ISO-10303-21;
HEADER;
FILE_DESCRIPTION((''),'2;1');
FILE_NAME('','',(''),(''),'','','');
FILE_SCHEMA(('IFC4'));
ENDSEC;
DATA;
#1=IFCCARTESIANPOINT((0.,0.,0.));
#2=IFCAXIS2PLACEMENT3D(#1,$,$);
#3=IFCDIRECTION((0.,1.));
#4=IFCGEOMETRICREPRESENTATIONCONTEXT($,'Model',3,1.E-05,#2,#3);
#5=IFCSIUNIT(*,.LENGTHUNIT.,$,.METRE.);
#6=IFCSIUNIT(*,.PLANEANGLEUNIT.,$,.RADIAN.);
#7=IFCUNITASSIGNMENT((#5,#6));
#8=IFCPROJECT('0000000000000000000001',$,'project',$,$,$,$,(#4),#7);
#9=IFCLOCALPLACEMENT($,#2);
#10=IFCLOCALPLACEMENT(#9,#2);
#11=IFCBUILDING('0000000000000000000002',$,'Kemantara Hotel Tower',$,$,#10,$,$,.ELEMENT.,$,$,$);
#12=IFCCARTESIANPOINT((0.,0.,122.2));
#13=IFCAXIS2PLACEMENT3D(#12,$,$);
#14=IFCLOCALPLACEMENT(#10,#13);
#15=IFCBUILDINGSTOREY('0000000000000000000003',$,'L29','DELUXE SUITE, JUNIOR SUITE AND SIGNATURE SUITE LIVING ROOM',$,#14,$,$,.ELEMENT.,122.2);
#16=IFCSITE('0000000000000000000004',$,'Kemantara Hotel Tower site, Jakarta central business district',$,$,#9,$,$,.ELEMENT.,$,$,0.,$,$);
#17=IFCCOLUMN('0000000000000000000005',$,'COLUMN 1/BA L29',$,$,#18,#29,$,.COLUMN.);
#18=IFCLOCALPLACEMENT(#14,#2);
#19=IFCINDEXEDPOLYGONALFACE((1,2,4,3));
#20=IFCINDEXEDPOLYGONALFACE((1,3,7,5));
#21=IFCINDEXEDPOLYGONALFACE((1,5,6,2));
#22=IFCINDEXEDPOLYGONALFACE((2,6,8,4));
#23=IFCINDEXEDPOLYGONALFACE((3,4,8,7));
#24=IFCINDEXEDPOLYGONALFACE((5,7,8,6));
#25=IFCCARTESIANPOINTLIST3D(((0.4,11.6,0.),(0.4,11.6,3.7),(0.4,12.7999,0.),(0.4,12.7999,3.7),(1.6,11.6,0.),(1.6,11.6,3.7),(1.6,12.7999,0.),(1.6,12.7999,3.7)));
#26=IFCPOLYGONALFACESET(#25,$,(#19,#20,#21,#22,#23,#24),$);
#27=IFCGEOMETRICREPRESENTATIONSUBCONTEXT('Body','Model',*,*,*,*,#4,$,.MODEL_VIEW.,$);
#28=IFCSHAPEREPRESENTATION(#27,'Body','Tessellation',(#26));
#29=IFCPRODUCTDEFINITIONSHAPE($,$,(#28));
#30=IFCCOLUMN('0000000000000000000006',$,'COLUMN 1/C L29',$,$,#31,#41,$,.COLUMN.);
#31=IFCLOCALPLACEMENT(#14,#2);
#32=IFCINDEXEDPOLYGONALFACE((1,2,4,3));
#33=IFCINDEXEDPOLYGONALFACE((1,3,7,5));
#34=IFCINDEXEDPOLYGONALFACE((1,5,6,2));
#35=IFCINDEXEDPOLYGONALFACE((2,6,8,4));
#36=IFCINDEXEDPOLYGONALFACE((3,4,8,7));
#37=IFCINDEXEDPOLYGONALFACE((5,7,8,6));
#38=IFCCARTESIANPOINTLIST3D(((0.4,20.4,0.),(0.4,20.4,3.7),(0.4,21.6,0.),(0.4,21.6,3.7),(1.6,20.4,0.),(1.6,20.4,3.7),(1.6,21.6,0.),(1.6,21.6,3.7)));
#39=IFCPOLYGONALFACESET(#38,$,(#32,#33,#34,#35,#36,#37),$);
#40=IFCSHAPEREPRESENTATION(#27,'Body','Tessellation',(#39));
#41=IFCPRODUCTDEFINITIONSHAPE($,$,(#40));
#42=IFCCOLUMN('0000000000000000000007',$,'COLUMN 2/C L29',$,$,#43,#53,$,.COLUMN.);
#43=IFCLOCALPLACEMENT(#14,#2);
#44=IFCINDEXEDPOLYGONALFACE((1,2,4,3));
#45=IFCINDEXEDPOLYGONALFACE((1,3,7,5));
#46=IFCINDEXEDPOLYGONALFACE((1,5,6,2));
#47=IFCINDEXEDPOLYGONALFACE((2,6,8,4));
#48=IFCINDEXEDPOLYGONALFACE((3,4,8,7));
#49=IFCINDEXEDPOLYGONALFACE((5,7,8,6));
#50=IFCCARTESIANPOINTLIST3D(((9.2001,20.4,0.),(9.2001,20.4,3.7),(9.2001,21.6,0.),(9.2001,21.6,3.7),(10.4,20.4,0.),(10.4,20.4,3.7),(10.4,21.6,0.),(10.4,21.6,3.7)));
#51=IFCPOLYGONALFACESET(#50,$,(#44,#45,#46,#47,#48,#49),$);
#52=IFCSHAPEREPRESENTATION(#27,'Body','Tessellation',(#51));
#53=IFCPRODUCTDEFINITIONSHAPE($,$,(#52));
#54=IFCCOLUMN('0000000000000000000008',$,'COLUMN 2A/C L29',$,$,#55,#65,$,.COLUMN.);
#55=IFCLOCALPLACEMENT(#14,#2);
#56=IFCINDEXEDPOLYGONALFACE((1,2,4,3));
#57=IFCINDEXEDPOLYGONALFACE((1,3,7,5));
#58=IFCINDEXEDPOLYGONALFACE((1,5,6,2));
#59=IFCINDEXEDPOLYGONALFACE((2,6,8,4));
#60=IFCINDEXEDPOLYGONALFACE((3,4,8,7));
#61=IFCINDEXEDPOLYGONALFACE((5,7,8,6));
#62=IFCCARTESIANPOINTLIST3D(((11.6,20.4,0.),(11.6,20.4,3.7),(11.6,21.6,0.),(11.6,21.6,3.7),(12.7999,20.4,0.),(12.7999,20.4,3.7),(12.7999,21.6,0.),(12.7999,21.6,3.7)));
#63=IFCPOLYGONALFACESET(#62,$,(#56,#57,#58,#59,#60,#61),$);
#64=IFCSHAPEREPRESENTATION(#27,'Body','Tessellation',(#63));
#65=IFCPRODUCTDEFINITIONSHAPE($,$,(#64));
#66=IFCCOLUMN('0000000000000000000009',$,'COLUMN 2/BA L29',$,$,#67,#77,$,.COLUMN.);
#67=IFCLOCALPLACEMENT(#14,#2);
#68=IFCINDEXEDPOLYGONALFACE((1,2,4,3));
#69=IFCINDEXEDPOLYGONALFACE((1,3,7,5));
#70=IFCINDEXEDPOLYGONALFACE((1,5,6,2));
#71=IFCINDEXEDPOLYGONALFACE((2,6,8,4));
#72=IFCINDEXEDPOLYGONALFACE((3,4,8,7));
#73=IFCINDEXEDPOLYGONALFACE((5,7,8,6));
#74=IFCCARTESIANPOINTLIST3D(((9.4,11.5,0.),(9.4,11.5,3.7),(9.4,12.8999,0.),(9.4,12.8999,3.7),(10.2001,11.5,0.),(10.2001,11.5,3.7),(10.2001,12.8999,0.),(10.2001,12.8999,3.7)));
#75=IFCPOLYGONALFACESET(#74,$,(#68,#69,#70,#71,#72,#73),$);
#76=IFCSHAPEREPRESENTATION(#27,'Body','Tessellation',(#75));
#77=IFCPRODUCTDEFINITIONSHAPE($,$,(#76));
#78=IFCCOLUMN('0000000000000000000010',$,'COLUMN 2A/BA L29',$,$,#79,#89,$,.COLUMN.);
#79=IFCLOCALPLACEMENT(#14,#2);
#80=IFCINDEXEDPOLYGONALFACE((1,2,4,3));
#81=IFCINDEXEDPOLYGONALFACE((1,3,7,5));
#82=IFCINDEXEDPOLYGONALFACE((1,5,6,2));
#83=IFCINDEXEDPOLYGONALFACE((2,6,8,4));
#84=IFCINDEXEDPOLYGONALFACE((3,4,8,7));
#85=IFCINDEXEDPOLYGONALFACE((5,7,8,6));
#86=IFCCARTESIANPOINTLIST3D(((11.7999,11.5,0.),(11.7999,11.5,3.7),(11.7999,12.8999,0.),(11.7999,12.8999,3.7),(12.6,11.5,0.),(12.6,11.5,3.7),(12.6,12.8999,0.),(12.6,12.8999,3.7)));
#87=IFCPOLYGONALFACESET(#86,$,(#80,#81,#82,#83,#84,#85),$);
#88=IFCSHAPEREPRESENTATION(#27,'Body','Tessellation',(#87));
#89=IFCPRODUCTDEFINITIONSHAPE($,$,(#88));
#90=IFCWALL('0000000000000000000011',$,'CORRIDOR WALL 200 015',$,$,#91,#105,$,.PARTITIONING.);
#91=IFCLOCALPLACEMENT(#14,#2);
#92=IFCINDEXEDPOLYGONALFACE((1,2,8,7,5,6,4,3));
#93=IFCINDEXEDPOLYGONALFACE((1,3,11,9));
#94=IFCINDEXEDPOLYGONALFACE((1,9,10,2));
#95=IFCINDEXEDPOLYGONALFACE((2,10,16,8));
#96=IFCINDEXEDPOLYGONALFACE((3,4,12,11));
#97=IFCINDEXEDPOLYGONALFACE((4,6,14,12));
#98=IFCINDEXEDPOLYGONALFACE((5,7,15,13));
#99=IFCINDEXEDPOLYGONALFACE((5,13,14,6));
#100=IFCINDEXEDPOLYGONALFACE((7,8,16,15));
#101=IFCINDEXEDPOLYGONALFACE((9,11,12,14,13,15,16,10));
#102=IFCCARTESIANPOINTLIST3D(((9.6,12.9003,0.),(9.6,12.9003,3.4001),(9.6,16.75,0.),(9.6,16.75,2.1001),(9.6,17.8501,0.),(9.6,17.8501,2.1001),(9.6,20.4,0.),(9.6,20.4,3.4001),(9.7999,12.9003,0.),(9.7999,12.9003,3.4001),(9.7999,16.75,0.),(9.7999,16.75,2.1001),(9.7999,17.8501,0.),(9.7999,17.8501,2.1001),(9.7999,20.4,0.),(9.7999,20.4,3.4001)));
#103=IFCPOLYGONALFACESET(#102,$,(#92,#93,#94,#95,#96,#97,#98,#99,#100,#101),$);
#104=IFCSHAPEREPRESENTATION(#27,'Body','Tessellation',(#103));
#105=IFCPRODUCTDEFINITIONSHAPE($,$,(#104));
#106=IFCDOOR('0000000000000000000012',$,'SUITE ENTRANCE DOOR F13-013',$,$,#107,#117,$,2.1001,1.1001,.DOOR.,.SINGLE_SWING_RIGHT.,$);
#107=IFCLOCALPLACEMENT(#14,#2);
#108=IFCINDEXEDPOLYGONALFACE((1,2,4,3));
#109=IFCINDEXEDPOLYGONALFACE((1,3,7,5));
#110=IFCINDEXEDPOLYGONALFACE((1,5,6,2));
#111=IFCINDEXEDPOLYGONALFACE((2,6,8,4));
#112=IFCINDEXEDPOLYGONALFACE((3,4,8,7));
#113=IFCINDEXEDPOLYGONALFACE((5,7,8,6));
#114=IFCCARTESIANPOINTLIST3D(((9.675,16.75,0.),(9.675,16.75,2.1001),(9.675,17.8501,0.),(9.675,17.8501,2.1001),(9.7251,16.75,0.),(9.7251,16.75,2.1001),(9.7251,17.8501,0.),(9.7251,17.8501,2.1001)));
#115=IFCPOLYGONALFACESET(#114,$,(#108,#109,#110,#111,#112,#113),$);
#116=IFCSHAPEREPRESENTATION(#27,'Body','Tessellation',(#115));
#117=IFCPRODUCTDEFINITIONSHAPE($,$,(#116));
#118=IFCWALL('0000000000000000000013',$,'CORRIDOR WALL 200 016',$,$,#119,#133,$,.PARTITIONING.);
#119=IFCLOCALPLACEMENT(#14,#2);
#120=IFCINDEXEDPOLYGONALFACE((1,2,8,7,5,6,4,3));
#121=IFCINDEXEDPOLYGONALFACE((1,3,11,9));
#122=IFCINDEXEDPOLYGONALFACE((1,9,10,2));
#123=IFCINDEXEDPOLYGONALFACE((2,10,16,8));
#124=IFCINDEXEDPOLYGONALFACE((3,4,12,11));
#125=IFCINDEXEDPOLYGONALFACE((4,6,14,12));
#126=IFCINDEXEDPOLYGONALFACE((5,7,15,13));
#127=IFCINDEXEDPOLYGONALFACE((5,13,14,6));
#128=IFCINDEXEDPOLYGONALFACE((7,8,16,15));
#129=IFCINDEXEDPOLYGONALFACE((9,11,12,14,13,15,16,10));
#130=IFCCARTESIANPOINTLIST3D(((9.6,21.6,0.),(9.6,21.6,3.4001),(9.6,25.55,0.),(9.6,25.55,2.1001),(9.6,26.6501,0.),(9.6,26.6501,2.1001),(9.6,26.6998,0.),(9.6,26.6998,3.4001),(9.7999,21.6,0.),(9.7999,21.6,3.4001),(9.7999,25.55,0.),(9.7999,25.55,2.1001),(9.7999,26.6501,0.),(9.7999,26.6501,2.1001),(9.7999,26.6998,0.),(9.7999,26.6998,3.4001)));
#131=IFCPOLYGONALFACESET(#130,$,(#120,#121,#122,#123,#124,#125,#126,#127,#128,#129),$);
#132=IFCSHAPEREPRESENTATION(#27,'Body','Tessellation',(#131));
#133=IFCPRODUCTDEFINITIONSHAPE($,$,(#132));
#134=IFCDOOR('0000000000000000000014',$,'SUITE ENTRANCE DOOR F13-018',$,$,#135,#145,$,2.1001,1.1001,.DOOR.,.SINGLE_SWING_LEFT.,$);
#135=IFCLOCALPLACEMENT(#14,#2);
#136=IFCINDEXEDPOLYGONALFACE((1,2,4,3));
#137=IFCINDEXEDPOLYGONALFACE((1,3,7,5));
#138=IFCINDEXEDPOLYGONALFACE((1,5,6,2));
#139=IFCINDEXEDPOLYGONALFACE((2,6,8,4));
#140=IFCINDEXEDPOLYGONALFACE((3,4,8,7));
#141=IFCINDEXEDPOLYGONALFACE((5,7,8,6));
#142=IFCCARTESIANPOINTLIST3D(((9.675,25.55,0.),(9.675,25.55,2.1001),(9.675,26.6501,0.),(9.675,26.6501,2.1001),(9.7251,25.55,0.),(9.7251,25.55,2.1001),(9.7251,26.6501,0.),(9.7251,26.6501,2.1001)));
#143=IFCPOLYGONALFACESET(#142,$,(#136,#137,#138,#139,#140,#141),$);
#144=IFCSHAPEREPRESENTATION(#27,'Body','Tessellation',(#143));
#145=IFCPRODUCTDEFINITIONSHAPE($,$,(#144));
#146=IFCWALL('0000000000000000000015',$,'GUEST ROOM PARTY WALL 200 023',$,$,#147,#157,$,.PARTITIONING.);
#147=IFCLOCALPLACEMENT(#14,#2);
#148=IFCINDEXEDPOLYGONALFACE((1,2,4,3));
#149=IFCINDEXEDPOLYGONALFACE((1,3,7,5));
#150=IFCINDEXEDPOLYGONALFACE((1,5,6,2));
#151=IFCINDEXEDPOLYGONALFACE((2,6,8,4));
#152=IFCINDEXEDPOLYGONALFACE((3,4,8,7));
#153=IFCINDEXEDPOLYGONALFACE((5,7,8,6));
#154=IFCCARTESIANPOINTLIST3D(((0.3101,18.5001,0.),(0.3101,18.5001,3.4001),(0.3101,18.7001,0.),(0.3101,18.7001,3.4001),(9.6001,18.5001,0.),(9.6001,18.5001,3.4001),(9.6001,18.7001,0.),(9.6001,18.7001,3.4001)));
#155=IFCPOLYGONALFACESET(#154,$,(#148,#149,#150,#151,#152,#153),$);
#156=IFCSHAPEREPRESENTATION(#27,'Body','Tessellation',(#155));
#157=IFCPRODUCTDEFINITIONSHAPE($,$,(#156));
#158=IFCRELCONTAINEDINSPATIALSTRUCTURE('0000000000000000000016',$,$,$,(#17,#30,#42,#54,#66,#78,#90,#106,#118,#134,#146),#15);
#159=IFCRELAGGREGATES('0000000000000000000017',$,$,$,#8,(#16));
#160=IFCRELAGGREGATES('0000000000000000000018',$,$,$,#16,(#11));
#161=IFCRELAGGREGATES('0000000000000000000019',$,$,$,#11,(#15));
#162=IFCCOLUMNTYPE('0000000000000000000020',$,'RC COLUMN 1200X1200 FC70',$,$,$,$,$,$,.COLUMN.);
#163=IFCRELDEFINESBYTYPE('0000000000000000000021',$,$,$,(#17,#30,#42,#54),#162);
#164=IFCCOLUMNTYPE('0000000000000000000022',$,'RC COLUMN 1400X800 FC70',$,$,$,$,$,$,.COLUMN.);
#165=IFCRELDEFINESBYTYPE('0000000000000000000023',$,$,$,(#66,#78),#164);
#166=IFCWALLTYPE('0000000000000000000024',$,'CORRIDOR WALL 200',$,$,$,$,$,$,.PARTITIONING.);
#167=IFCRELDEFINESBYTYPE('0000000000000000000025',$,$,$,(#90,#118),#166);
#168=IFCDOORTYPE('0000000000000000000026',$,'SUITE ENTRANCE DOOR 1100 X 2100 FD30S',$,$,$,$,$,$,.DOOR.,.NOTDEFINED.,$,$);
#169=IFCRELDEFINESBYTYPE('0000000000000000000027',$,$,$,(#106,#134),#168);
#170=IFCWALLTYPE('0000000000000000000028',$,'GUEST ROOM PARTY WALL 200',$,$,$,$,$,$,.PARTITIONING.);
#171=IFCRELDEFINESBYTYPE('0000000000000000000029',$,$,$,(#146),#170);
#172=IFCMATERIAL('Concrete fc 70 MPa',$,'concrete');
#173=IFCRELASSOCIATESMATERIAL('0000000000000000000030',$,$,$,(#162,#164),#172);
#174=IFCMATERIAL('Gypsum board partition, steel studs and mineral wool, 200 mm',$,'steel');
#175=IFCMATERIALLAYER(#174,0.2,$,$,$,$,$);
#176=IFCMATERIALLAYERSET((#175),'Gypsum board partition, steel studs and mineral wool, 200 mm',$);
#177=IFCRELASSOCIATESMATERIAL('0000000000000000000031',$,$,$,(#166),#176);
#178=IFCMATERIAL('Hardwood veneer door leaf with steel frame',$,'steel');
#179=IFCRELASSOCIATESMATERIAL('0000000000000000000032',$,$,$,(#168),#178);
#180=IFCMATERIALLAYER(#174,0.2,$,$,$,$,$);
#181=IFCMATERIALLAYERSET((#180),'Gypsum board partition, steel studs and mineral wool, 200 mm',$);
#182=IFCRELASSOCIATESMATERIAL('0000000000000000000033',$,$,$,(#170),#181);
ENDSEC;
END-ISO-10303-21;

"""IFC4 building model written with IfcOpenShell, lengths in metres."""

from ifc_helpers import new_model, si_unit, direction, frame, frame_2d, origin, origin_2d, place, context, subcontext, project, spatial, rectangle, extrude, material, layer, layer_set, material_profile, profile_set, type_object, element, fill, save


model = new_model("IFC4")

# Units and contexts
model_context = context("Model", 3, precision=1e-05, world=origin(), true_north=direction((0.0, 1.0)))
body_context = subcontext(model_context, "Body", "Model", "MODEL_VIEW")
ifc_project = project(units=[si_unit("LENGTHUNIT", "METRE"), si_unit("PLANEANGLEUNIT", "RADIAN")], contexts=[model_context])

# Site, building, storey
site_placement = place(None, origin())
site = spatial("IfcSite", under=ifc_project, at=site_placement, Name="Kemantara Hotel Tower site, Jakarta central business district", CompositionType="ELEMENT", RefElevation=0.0)
building_placement = place(site_placement, origin())
building = spatial("IfcBuilding", under=site, at=building_placement, Name="Kemantara Hotel Tower", CompositionType="ELEMENT")
storey_placement = place(building_placement, frame((0.0, 0.0, 122.2)))
storey = spatial("IfcBuildingStorey", under=building, at=storey_placement, Name="L29", Description="DELUXE SUITE, JUNIOR SUITE AND SIGNATURE SUITE LIVING ROOM", CompositionType="ELEMENT", Elevation=122.2)

# Columns
ifc_material_1 = material(Name="Concrete fc 70 MPa", Category="concrete")
ifc_material_profile_1 = material_profile(ifc_material_1, rectangle(XDim=1.2, YDim=1.2, at=origin_2d()), Name="RC 1200X1200")
ifc_profile_set_1 = profile_set([ifc_material_profile_1], Name="Concrete fc 70 MPa")
column_type_1 = type_object("IfcColumnType", Name="RC COLUMN 1200X1200 FC70", PredefinedType="COLUMN", material=ifc_profile_set_1)
for number, where, z_axis, x_axis, name in (
    (1, (1.0, 12.2, 0.0), (0.0, 0.0, 1.0), (1.0, 0.0, 0.0), "COLUMN 1/BA L29"),
    (2, (1.0, 21.0, 0.0), (0.0, 0.0, 1.0), (1.0, 0.0, 0.0), "COLUMN 1/C L29"),
    (3, (9.8, 21.0, 0.0), (0.0, 0.0, 1.0), (1.0, 0.0, 0.0), "COLUMN 2/C L29"),
    (4, (12.2, 21.0, 0.0), (0.0, 0.0, 1.0), (1.0, 0.0, 0.0), "COLUMN 2A/C L29"),
):
    element("IfcColumn", number, at=place(storey_placement, frame(where, z_axis=z_axis, x_axis=x_axis)), inside=storey, type_object=column_type_1, Name=name, PredefinedType="COLUMN", context=body_context, shape_type="SweptSolid", body=[
        extrude(rectangle(XDim=1.2, YDim=1.2, at=origin_2d()), origin(), (0.0, 0.0, 1.0), 3.7),
    ])
ifc_material_profile_2 = material_profile(ifc_material_1, rectangle(XDim=1.3999, YDim=0.8, at=origin_2d()), Name="RC 1400X800")
ifc_profile_set_2 = profile_set([ifc_material_profile_2], Name="Concrete fc 70 MPa")
column_type_2 = type_object("IfcColumnType", Name="RC COLUMN 1400X800 FC70", PredefinedType="COLUMN", material=ifc_profile_set_2)
for number, where, z_axis, x_axis, name in (
    (5, (9.8, 12.2, 0.0), (0.0, 0.0, 1.0), (0.0, 1.0, 0.0), "COLUMN 2/BA L29"),
    (6, (12.2, 12.2, 0.0), (0.0, 0.0, 1.0), (0.0, 1.0, 0.0), "COLUMN 2A/BA L29"),
):
    element("IfcColumn", number, at=place(storey_placement, frame(where, z_axis=z_axis, x_axis=x_axis)), inside=storey, type_object=column_type_2, Name=name, PredefinedType="COLUMN", context=body_context, shape_type="SweptSolid", body=[
        extrude(rectangle(XDim=1.3999, YDim=0.8, at=origin_2d()), origin(), (0.0, 0.0, 1.0), 3.7),
    ])

# Walls, openings, doors
ifc_material_2 = material(Name="Gypsum board partition, steel studs and mineral wool, 200 mm", Category="steel")
ifc_layer_1 = layer(ifc_material_2, 0.2)
ifc_layer_set_1 = layer_set([ifc_layer_1], Name="Gypsum board partition, steel studs and mineral wool, 200 mm")
wall_type_1 = type_object("IfcWallType", Name="CORRIDOR WALL 200", PredefinedType="PARTITIONING", material=ifc_layer_set_1)
wall_1_placement = place(storey_placement, frame((9.7, 12.9001, 0.0), z_axis=(0.0, 0.0, 1.0), x_axis=(0.0, 1.0, 0.0)))
wall_1 = element("IfcWall", 7, at=wall_1_placement, inside=storey, type_object=wall_type_1, Name="CORRIDOR WALL 200 015", PredefinedType="PARTITIONING", context=body_context, shape_type="SweptSolid", body=[
    extrude(rectangle(XDim=7.4998, YDim=0.2, at=frame_2d((3.75, 0.0))), origin(), (0.0, 0.0, 1.0), 3.4001),
])
opening_1_placement = place(wall_1_placement, frame((3.8499, 0.0, 0.0)))
opening_1 = element("IfcOpeningElement", 8, at=opening_1_placement, cuts=wall_1, PredefinedType="OPENING", context=body_context, shape_type="SweptSolid", body=[
    extrude(rectangle(XDim=1.1001, YDim=2.1001, at=frame_2d((0.55, 1.05))), frame((0.0, 0.1099, 0.0), z_axis=(0.0, -1.0, 0.0), x_axis=(1.0, 0.0, 0.0)), (0.0, 0.0, 1.0), 0.22),
])
ifc_material_3 = material(Name="Hardwood veneer door leaf with steel frame", Category="steel")
door_type = type_object("IfcDoorType", Name="SUITE ENTRANCE DOOR 1100 X 2100 FD30S", OperationType="NOTDEFINED", PredefinedType="DOOR", material=ifc_material_3)
door_1_placement = place(opening_1_placement, origin())
door_1 = element("IfcDoor", 9, at=door_1_placement, inside=storey, type_object=door_type, Name="SUITE ENTRANCE DOOR F13-013", OperationType="SINGLE_SWING_RIGHT", OverallHeight=2.1001, OverallWidth=1.1001, PredefinedType="DOOR", context=body_context, shape_type="SweptSolid", body=[
    extrude(rectangle(XDim=1.1001, YDim=2.1001, at=frame_2d((0.55, 1.05))), frame((0.0, 0.0249, 0.0), z_axis=(0.0, -1.0, 0.0), x_axis=(1.0, 0.0, 0.0)), (0.0, 0.0, 1.0), 0.05),
])
fill(opening_1, door_1)
wall_2_placement = place(storey_placement, frame((9.7, 21.6001, 0.0), z_axis=(0.0, 0.0, 1.0), x_axis=(0.0, 1.0, 0.0)))
wall_2 = element("IfcWall", 10, at=wall_2_placement, inside=storey, type_object=wall_type_1, Name="CORRIDOR WALL 200 016", PredefinedType="PARTITIONING", context=body_context, shape_type="SweptSolid", body=[
    extrude(rectangle(XDim=5.0999, YDim=0.2, at=frame_2d((2.5498, 0.0))), origin(), (0.0, 0.0, 1.0), 3.4001),
])
opening_2_placement = place(wall_2_placement, frame((3.95, 0.0, 0.0)))
opening_2 = element("IfcOpeningElement", 11, at=opening_2_placement, cuts=wall_2, PredefinedType="OPENING", context=body_context, shape_type="SweptSolid", body=[
    extrude(rectangle(XDim=1.1001, YDim=2.1001, at=frame_2d((0.55, 1.05))), frame((0.0, 0.1099, 0.0), z_axis=(0.0, -1.0, 0.0), x_axis=(1.0, 0.0, 0.0)), (0.0, 0.0, 1.0), 0.22),
])
door_2_placement = place(opening_2_placement, origin())
door_2 = element("IfcDoor", 12, at=door_2_placement, inside=storey, type_object=door_type, Name="SUITE ENTRANCE DOOR F13-018", OperationType="SINGLE_SWING_LEFT", OverallHeight=2.1001, OverallWidth=1.1001, PredefinedType="DOOR", context=body_context, shape_type="SweptSolid", body=[
    extrude(rectangle(XDim=1.1001, YDim=2.1001, at=frame_2d((0.55, 1.05))), frame((0.0, 0.0249, 0.0), z_axis=(0.0, -1.0, 0.0), x_axis=(1.0, 0.0, 0.0)), (0.0, 0.0, 1.0), 0.05),
])
fill(opening_2, door_2)

# Wall
ifc_layer_2 = layer(ifc_material_2, 0.2)
ifc_layer_set_2 = layer_set([ifc_layer_2], Name="Gypsum board partition, steel studs and mineral wool, 200 mm")
wall_type_2 = type_object("IfcWallType", Name="GUEST ROOM PARTY WALL 200", PredefinedType="PARTITIONING", material=ifc_layer_set_2)
wall_3_placement = place(storey_placement, frame((0.3101, 18.6001, 0.0), z_axis=(0.0, 0.0, 1.0), x_axis=(1.0, 0.0, 0.0)))
element("IfcWall", 13, at=wall_3_placement, inside=storey, type_object=wall_type_2, Name="GUEST ROOM PARTY WALL 200 023", PredefinedType="PARTITIONING", context=body_context, shape_type="SweptSolid", body=[
    extrude(rectangle(XDim=9.29, YDim=0.2, at=frame_2d((4.645, 0.0))), origin(), (0.0, 0.0, 1.0), 3.4001),
])

save(model, "model.ifc")
